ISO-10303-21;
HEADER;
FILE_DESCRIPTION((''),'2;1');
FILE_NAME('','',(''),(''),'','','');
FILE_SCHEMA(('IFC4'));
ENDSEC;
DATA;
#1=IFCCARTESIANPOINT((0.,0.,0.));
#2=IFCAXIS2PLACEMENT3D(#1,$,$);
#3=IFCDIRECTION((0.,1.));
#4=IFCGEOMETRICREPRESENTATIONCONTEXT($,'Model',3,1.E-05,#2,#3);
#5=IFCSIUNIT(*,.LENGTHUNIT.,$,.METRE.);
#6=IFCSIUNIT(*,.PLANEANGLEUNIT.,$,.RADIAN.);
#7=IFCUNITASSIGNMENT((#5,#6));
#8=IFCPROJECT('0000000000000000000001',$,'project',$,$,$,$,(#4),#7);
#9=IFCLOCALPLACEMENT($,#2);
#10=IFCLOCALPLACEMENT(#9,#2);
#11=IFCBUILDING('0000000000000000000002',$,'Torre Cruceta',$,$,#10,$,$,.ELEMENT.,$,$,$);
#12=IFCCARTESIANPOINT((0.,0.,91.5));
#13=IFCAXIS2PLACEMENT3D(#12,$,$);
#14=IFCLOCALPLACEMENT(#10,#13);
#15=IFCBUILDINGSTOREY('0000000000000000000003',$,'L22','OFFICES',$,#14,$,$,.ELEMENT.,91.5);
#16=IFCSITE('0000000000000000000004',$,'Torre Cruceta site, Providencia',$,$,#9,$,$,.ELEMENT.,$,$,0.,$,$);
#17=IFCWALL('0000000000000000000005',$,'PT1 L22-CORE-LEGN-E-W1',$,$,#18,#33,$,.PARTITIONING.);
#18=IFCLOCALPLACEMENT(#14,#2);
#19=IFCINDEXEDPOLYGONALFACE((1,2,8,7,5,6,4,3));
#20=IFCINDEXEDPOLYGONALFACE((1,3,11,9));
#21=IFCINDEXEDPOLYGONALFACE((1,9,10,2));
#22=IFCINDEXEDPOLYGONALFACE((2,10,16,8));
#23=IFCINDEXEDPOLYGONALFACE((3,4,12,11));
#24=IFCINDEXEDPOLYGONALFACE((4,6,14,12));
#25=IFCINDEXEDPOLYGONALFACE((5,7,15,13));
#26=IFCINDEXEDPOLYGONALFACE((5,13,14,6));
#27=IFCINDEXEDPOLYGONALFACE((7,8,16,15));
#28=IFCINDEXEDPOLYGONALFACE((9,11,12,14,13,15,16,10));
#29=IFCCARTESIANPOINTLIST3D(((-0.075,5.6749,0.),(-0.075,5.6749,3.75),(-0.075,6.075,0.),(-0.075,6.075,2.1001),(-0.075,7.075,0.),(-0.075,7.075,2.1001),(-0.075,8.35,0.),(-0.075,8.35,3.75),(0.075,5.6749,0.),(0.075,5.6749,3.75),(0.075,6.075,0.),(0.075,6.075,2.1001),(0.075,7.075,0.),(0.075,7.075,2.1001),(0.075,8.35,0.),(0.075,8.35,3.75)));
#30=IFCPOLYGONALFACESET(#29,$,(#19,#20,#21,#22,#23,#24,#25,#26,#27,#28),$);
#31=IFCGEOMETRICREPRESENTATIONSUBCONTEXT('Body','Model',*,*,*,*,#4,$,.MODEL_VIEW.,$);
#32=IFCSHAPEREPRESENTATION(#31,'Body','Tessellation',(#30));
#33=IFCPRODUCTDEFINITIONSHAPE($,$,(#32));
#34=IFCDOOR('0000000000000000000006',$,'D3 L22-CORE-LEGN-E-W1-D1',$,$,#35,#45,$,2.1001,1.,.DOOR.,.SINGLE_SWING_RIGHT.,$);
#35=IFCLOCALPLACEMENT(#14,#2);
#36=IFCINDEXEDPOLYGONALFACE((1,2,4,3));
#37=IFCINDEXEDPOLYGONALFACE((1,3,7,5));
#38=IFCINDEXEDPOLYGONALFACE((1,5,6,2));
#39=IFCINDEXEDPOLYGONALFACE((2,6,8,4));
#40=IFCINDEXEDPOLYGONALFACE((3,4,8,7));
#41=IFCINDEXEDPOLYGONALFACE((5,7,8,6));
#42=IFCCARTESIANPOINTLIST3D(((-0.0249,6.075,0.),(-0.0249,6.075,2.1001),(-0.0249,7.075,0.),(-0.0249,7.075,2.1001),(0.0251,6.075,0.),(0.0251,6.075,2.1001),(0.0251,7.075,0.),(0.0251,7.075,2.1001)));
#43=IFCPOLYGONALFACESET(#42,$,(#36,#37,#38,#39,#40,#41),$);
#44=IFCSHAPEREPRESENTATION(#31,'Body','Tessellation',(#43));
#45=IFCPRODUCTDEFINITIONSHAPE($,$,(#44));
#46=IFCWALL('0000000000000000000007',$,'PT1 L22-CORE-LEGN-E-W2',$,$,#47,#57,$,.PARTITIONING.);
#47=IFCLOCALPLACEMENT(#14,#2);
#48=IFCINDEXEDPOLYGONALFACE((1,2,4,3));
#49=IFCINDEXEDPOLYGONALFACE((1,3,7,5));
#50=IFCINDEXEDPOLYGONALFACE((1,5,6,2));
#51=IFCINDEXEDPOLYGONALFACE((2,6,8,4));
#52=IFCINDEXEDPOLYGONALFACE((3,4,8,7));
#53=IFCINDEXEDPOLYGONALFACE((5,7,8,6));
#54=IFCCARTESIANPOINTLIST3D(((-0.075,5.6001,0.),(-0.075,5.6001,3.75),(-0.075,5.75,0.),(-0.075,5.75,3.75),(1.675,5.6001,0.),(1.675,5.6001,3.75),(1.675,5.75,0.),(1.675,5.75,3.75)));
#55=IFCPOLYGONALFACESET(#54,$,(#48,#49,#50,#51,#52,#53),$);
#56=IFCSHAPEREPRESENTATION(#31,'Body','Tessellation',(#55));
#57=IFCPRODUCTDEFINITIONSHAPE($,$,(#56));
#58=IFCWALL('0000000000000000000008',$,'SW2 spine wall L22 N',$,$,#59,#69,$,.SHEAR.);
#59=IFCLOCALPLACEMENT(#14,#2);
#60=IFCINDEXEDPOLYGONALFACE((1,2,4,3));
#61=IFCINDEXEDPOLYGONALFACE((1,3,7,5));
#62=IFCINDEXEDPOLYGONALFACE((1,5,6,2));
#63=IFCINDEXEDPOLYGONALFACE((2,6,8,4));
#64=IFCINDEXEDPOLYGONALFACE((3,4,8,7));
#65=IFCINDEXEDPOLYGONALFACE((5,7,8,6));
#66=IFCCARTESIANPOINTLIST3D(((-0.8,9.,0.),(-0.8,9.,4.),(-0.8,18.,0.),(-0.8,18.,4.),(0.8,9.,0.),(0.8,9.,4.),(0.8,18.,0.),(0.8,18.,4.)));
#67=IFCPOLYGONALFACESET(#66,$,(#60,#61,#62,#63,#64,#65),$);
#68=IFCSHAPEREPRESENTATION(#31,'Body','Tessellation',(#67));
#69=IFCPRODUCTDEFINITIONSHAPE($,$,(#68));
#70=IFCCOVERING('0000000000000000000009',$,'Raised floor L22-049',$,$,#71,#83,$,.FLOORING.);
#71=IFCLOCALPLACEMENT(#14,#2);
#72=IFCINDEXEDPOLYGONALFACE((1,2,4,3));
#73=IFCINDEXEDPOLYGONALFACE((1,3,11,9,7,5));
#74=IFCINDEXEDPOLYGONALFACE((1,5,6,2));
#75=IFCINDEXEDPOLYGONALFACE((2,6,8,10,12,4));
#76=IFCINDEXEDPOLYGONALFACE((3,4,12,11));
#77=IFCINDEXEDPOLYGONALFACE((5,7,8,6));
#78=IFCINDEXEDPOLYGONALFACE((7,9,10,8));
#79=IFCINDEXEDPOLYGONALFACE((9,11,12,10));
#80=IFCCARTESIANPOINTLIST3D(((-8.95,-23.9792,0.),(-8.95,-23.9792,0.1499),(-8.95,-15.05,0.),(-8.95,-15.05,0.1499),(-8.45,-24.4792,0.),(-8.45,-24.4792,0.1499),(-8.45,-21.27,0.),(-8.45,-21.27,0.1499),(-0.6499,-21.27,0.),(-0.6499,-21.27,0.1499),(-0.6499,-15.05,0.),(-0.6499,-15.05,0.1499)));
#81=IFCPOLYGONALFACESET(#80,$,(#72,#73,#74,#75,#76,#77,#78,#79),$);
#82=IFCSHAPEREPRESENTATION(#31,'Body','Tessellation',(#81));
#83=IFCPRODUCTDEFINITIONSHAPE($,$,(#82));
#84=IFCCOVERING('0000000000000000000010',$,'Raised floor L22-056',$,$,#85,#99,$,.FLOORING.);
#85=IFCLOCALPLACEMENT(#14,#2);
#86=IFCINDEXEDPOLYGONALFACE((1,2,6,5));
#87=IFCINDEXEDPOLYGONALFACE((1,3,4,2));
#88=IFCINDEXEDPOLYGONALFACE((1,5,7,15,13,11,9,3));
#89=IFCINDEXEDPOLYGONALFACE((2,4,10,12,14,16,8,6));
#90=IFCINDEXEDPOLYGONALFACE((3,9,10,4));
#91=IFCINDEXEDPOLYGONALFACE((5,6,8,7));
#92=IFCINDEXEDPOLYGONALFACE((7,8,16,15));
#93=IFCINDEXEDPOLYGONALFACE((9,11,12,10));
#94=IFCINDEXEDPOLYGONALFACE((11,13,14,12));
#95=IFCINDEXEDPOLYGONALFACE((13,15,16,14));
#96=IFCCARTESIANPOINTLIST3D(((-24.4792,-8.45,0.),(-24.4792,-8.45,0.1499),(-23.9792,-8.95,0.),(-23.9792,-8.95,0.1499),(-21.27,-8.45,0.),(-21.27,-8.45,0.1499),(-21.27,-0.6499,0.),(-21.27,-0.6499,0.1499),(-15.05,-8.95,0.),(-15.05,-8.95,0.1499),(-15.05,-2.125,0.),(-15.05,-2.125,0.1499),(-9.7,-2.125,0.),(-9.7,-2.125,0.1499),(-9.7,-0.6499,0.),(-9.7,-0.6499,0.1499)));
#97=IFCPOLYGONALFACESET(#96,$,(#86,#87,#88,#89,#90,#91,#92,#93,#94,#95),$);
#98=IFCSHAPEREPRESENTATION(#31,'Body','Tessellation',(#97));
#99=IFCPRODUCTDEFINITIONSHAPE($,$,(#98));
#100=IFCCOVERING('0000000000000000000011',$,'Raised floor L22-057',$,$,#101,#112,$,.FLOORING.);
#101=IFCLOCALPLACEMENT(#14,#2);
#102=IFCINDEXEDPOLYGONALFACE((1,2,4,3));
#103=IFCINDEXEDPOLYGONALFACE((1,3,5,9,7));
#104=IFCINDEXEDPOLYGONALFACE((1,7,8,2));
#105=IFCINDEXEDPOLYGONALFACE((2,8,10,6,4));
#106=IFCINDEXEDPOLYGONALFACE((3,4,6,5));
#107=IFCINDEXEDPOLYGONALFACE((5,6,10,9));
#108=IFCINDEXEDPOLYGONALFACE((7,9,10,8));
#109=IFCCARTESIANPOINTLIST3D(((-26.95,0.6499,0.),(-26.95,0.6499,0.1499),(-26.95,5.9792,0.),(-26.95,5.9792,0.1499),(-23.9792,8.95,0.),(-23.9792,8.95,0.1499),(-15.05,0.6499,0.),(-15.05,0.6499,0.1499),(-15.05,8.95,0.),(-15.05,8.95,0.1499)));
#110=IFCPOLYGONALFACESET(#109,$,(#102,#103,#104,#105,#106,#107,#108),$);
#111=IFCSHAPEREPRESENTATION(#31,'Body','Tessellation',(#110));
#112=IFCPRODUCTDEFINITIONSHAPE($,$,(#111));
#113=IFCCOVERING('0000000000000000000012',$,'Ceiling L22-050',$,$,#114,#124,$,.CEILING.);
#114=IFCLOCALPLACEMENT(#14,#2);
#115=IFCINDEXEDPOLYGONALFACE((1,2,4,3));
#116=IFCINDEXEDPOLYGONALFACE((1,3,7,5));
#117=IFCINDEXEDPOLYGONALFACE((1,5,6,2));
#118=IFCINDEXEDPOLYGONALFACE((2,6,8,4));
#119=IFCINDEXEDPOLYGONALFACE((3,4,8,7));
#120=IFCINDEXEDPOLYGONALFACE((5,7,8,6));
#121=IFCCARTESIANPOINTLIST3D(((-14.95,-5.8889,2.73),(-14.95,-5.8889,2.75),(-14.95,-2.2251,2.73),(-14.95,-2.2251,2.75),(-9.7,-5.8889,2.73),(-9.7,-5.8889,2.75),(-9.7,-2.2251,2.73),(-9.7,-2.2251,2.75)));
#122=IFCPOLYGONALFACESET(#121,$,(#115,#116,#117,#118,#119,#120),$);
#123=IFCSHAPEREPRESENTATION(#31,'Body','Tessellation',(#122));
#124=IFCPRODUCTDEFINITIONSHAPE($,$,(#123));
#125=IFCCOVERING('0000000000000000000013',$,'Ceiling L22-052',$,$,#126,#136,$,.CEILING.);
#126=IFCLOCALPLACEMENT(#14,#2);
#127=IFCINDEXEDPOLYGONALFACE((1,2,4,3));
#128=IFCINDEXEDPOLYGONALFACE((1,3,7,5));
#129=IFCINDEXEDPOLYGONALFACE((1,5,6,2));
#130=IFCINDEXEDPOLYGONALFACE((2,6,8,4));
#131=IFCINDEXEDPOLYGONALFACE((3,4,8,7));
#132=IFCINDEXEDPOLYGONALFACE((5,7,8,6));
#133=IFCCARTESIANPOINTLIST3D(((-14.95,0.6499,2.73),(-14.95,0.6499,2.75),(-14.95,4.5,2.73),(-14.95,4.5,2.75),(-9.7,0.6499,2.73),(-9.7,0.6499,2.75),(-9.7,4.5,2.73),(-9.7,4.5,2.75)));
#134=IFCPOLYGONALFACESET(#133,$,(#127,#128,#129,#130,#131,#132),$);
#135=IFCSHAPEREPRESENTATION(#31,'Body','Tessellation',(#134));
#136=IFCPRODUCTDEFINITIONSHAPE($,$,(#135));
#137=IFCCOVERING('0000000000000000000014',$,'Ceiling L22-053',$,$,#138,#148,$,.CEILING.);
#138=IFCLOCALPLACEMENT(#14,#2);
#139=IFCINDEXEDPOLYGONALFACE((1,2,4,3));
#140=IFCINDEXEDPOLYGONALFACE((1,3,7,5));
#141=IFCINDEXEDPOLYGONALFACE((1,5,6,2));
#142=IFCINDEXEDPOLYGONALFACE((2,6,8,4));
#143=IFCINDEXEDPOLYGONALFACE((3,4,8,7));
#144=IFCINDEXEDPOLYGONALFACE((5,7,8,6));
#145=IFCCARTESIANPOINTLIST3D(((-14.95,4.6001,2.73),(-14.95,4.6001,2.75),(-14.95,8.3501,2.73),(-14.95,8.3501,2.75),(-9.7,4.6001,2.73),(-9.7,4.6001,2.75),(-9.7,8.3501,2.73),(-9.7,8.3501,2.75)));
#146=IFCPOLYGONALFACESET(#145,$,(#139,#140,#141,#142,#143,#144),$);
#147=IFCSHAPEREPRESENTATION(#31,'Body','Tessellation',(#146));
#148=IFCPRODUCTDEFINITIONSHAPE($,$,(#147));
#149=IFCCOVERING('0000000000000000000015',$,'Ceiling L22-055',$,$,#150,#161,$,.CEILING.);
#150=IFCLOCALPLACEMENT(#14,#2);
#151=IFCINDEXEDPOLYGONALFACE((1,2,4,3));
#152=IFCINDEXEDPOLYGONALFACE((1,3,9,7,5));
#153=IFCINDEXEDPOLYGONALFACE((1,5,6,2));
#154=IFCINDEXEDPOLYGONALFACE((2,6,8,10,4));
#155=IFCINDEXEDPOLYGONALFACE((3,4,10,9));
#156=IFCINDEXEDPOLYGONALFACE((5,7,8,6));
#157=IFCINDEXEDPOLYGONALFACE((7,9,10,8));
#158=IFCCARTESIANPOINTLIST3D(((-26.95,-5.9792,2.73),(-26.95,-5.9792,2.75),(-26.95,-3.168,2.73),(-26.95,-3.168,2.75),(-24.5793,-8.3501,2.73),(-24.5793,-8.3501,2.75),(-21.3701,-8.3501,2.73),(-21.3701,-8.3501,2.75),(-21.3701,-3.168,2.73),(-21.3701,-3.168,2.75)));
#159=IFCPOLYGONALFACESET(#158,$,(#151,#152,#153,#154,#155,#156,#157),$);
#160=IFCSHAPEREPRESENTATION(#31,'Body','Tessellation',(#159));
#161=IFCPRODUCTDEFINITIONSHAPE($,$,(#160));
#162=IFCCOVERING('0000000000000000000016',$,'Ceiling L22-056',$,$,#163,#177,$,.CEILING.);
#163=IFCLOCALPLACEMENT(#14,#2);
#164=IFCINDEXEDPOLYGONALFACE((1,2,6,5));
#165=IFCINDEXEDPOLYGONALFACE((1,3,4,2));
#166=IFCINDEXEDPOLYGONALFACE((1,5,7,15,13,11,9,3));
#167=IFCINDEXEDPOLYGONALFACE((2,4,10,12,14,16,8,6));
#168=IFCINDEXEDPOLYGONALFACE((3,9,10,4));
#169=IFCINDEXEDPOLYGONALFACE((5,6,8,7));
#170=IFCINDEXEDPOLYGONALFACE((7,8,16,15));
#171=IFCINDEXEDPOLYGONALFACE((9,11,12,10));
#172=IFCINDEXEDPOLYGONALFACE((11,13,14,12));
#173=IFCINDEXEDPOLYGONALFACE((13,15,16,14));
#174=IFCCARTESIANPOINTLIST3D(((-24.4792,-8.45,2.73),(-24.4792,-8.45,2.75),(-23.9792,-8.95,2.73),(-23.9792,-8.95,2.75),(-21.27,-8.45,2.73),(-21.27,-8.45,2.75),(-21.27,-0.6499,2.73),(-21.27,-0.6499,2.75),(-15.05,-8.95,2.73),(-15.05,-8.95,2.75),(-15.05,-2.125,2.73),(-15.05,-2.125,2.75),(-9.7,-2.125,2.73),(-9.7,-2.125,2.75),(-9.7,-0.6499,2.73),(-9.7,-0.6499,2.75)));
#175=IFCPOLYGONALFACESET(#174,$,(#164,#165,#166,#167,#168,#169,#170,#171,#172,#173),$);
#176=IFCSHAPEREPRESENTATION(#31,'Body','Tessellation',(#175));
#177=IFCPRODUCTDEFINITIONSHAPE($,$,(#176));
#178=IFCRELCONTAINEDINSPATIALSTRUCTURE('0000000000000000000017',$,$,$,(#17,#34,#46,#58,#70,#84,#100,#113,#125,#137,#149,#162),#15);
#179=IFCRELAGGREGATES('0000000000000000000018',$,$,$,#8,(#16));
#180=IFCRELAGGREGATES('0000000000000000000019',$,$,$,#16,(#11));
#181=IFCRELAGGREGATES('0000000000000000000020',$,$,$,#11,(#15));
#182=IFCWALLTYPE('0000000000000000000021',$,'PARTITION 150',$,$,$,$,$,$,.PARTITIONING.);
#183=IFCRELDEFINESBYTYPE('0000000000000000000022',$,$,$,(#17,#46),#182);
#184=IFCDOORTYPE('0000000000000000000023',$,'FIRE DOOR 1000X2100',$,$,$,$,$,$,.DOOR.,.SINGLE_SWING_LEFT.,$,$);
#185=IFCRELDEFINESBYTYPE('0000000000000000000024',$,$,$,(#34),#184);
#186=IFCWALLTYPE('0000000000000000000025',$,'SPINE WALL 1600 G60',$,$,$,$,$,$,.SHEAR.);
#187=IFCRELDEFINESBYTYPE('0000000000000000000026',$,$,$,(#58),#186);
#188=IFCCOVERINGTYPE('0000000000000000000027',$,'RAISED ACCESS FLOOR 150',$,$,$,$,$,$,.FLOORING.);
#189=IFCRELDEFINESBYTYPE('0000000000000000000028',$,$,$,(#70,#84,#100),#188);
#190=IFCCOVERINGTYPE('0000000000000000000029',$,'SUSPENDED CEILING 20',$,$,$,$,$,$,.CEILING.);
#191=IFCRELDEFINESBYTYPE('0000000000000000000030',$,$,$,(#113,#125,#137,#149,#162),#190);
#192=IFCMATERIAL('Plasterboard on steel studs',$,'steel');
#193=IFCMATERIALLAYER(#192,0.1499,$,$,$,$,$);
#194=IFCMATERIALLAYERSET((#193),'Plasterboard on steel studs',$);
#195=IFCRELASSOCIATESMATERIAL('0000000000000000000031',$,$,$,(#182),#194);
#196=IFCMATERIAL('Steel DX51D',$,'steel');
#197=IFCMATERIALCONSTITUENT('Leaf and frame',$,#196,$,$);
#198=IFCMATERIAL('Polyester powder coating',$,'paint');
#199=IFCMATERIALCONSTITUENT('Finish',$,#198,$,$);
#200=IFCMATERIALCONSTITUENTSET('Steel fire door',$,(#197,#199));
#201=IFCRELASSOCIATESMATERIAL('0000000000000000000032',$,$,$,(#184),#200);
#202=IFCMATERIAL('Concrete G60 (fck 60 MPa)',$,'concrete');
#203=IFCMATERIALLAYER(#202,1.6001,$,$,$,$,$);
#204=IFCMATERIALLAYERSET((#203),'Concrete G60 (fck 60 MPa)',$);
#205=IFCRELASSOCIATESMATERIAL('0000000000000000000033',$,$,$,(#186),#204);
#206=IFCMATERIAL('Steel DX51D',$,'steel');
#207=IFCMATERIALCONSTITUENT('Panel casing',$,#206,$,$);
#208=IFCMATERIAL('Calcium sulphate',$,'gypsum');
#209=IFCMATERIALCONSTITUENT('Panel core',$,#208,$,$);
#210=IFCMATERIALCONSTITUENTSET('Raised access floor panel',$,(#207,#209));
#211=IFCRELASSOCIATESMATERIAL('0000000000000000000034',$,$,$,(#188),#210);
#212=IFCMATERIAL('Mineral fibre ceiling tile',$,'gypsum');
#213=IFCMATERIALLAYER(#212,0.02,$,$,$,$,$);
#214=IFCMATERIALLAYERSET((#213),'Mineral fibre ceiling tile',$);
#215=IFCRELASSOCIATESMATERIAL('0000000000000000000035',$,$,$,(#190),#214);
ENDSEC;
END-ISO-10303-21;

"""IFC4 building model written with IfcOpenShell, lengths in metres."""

from ifc_helpers import new_model, si_unit, direction, frame, frame_2d, origin, place, context, subcontext, project, spatial, polyline, rectangle, outline, extrude, material, layer, layer_set, constituent, constituent_set, type_object, element, fill, save


model = new_model("IFC4")

# Units and contexts
model_context = context("Model", 3, precision=1e-05, world=origin(), true_north=direction((0.0, 1.0)))
body_context = subcontext(model_context, "Body", "Model", "MODEL_VIEW")
ifc_project = project(units=[si_unit("LENGTHUNIT", "METRE"), si_unit("PLANEANGLEUNIT", "RADIAN")], contexts=[model_context])

# Site, building, storey
site_placement = place(None, origin())
site = spatial("IfcSite", under=ifc_project, at=site_placement, Name="Torre Cruceta site, Providencia", CompositionType="ELEMENT", RefElevation=0.0)
building_placement = place(site_placement, origin())
building = spatial("IfcBuilding", under=site, at=building_placement, Name="Torre Cruceta", CompositionType="ELEMENT")
storey_placement = place(building_placement, frame((0.0, 0.0, 91.5)))
storey = spatial("IfcBuildingStorey", under=building, at=storey_placement, Name="L22", Description="OFFICES", CompositionType="ELEMENT", Elevation=91.5)

# Wall, opening, door
ifc_material_1 = material(Name="Plasterboard on steel studs", Category="steel")
ifc_layer_1 = layer(ifc_material_1, 0.1499)
ifc_layer_set_1 = layer_set([ifc_layer_1], Name="Plasterboard on steel studs")
wall_type_1 = type_object("IfcWallType", Name="PARTITION 150", PredefinedType="PARTITIONING", material=ifc_layer_set_1)
wall_1_placement = place(storey_placement, frame((0.0, 5.675, 0.0), z_axis=(0.0, 0.0, 1.0), x_axis=(0.0, 1.0, 0.0)))
wall_1 = element("IfcWall", 1, at=wall_1_placement, inside=storey, type_object=wall_type_1, Name="PT1 L22-CORE-LEGN-E-W1", PredefinedType="PARTITIONING", context=body_context, shape_type="SweptSolid", body=[
    extrude(rectangle(XDim=2.675, YDim=0.1499, at=frame_2d((1.3374, 0.0))), origin(), (0.0, 0.0, 1.0), 3.75),
])
opening_1_placement = place(wall_1_placement, frame((0.3999, 0.0, 0.0)))
opening_1 = element("IfcOpeningElement", 2, at=opening_1_placement, cuts=wall_1, PredefinedType="OPENING", context=body_context, shape_type="SweptSolid", body=[
    extrude(rectangle(XDim=1.0, YDim=2.1001, at=frame_2d((0.5, 1.05))), frame((0.0, 0.085, 0.0), z_axis=(0.0, -1.0, 0.0), x_axis=(1.0, 0.0, 0.0)), (0.0, 0.0, 1.0), 0.1699),
])
ifc_material_2 = material(Name="Steel DX51D", Category="steel")
ifc_constituent_1 = constituent(ifc_material_2, Name="Leaf and frame")
ifc_material_3 = material(Name="Polyester powder coating", Category="paint")
ifc_constituent_2 = constituent(ifc_material_3, Name="Finish")
ifc_constituent_set_1 = constituent_set(constituents=[ifc_constituent_1, ifc_constituent_2], Name="Steel fire door")
door_type_1 = type_object("IfcDoorType", Name="FIRE DOOR 1000X2100", OperationType="SINGLE_SWING_LEFT", PredefinedType="DOOR", material=ifc_constituent_set_1)
door_1_placement = place(opening_1_placement, frame((1.0, 0.0, 0.0), z_axis=(0.0, 0.0, 1.0), x_axis=(-1.0, 0.0, 0.0)))
door_1 = element("IfcDoor", 3, at=door_1_placement, inside=storey, type_object=door_type_1, Name="D3 L22-CORE-LEGN-E-W1-D1", OperationType="SINGLE_SWING_RIGHT", OverallHeight=2.1001, OverallWidth=1.0, PredefinedType="DOOR", context=body_context, shape_type="SweptSolid", body=[
    extrude(rectangle(XDim=1.0, YDim=2.1001, at=frame_2d((0.5, 1.05))), frame((0.0, 0.0251, 0.0), z_axis=(0.0, -1.0, 0.0), x_axis=(1.0, 0.0, 0.0)), (0.0, 0.0, 1.0), 0.05),
])
fill(opening_1, door_1)

# Walls
wall_2_placement = place(storey_placement, frame((1.675, 5.675, 0.0), z_axis=(0.0, 0.0, 1.0), x_axis=(-1.0, 0.0, 0.0)))
element("IfcWall", 4, at=wall_2_placement, inside=storey, type_object=wall_type_1, Name="PT1 L22-CORE-LEGN-E-W2", PredefinedType="PARTITIONING", context=body_context, shape_type="SweptSolid", body=[
    extrude(rectangle(XDim=1.75, YDim=0.1499, at=frame_2d((0.875, 0.0))), origin(), (0.0, 0.0, 1.0), 3.75),
])
ifc_material_4 = material(Name="Concrete G60 (fck 60 MPa)", Category="concrete")
ifc_layer_2 = layer(ifc_material_4, 1.6001)
ifc_layer_set_2 = layer_set([ifc_layer_2], Name="Concrete G60 (fck 60 MPa)")
wall_type_2 = type_object("IfcWallType", Name="SPINE WALL 1600 G60", PredefinedType="SHEAR", material=ifc_layer_set_2)
wall_3_placement = place(storey_placement, frame((0.0, 9.0, 0.0), z_axis=(0.0, 0.0, 1.0), x_axis=(0.0, 1.0, 0.0)))
element("IfcWall", 5, at=wall_3_placement, inside=storey, type_object=wall_type_2, Name="SW2 spine wall L22 N", PredefinedType="SHEAR", context=body_context, shape_type="SweptSolid", body=[
    extrude(rectangle(XDim=9.0, YDim=1.6001, at=frame_2d((4.5, 0.0))), origin(), (0.0, 0.0, 1.0), 4.0),
])

# Coverings
ifc_material_5 = material(Name="Steel DX51D", Category="steel")
ifc_constituent_3 = constituent(ifc_material_5, Name="Panel casing")
ifc_material_6 = material(Name="Calcium sulphate", Category="gypsum")
ifc_constituent_4 = constituent(ifc_material_6, Name="Panel core")
ifc_constituent_set_2 = constituent_set(constituents=[ifc_constituent_3, ifc_constituent_4], Name="Raised access floor panel")
covering_type_1 = type_object("IfcCoveringType", Name="RAISED ACCESS FLOOR 150", PredefinedType="FLOORING", material=ifc_constituent_set_2)
covering_1_placement = place(storey_placement, origin())
element("IfcCovering", 6, at=covering_1_placement, inside=storey, type_object=covering_type_1, Name="Raised floor L22-049", PredefinedType="FLOORING", context=body_context, shape_type="SweptSolid", body=[
    extrude(outline(polyline([(-8.95, -15.05), (-0.6499, -15.05), (-0.6499, -21.27), (-8.45, -21.27), (-8.45, -24.4792), (-8.95, -23.9792), (-8.95, -15.05)])), origin(), (0.0, 0.0, 1.0), 0.1499),
])
covering_2_placement = place(storey_placement, origin())
element("IfcCovering", 7, at=covering_2_placement, inside=storey, type_object=covering_type_1, Name="Raised floor L22-056", PredefinedType="FLOORING", context=body_context, shape_type="SweptSolid", body=[
    extrude(outline(polyline([(-9.7, -2.125), (-15.05, -2.125), (-15.05, -8.95), (-23.9792, -8.95), (-24.4792, -8.45), (-21.27, -8.45), (-21.27, -0.6499), (-9.7, -0.6499), (-9.7, -2.125)])), origin(), (0.0, 0.0, 1.0), 0.1499),
])
covering_3_placement = place(storey_placement, origin())
element("IfcCovering", 8, at=covering_3_placement, inside=storey, type_object=covering_type_1, Name="Raised floor L22-057", PredefinedType="FLOORING", context=body_context, shape_type="SweptSolid", body=[
    extrude(outline(polyline([(-23.9792, 8.95), (-15.05, 8.95), (-15.05, 0.6499), (-26.95, 0.6499), (-26.95, 5.9792), (-23.9792, 8.95)])), origin(), (0.0, 0.0, 1.0), 0.1499),
])
ifc_material_7 = material(Name="Mineral fibre ceiling tile", Category="gypsum")
ifc_layer_3 = layer(ifc_material_7, 0.02)
ifc_layer_set_3 = layer_set([ifc_layer_3], Name="Mineral fibre ceiling tile")
covering_type_2 = type_object("IfcCoveringType", Name="SUSPENDED CEILING 20", PredefinedType="CEILING", material=ifc_layer_set_3)
covering_4_placement = place(storey_placement, frame((0.0, 0.0, 2.73)))
element("IfcCovering", 9, at=covering_4_placement, inside=storey, type_object=covering_type_2, Name="Ceiling L22-050", PredefinedType="CEILING", context=body_context, shape_type="SweptSolid", body=[
    extrude(outline(polyline([(-9.7, -2.2251), (-9.7, -5.8889), (-14.95, -5.8889), (-14.95, -2.2251), (-9.7, -2.2251)])), origin(), (0.0, 0.0, 1.0), 0.02),
])
covering_5_placement = place(storey_placement, frame((0.0, 0.0, 2.73)))
element("IfcCovering", 10, at=covering_5_placement, inside=storey, type_object=covering_type_2, Name="Ceiling L22-052", PredefinedType="CEILING", context=body_context, shape_type="SweptSolid", body=[
    extrude(outline(polyline([(-9.7, 4.5), (-9.7, 0.6499), (-14.95, 0.6499), (-14.95, 4.5), (-9.7, 4.5)])), origin(), (0.0, 0.0, 1.0), 0.02),
])
covering_6_placement = place(storey_placement, frame((0.0, 0.0, 2.73)))
element("IfcCovering", 11, at=covering_6_placement, inside=storey, type_object=covering_type_2, Name="Ceiling L22-053", PredefinedType="CEILING", context=body_context, shape_type="SweptSolid", body=[
    extrude(outline(polyline([(-9.7, 8.3501), (-9.7, 4.6001), (-14.95, 4.6001), (-14.95, 8.3501), (-9.7, 8.3501)])), origin(), (0.0, 0.0, 1.0), 0.02),
])
covering_7_placement = place(storey_placement, frame((0.0, 0.0, 2.73)))
element("IfcCovering", 12, at=covering_7_placement, inside=storey, type_object=covering_type_2, Name="Ceiling L22-055", PredefinedType="CEILING", context=body_context, shape_type="SweptSolid", body=[
    extrude(outline(polyline([(-26.95, -3.168), (-21.3701, -3.168), (-21.3701, -8.3501), (-24.5793, -8.3501), (-26.95, -5.9792), (-26.95, -3.168)])), origin(), (0.0, 0.0, 1.0), 0.02),
])
covering_8_placement = place(storey_placement, frame((0.0, 0.0, 2.73)))
element("IfcCovering", 13, at=covering_8_placement, inside=storey, type_object=covering_type_2, Name="Ceiling L22-056", PredefinedType="CEILING", context=body_context, shape_type="SweptSolid", body=[
    extrude(outline(polyline([(-9.7, -2.125), (-15.05, -2.125), (-15.05, -8.95), (-23.9792, -8.95), (-24.4792, -8.45), (-21.27, -8.45), (-21.27, -0.6499), (-9.7, -0.6499), (-9.7, -2.125)])), origin(), (0.0, 0.0, 1.0), 0.02),
])

save(model, "model.ifc")
